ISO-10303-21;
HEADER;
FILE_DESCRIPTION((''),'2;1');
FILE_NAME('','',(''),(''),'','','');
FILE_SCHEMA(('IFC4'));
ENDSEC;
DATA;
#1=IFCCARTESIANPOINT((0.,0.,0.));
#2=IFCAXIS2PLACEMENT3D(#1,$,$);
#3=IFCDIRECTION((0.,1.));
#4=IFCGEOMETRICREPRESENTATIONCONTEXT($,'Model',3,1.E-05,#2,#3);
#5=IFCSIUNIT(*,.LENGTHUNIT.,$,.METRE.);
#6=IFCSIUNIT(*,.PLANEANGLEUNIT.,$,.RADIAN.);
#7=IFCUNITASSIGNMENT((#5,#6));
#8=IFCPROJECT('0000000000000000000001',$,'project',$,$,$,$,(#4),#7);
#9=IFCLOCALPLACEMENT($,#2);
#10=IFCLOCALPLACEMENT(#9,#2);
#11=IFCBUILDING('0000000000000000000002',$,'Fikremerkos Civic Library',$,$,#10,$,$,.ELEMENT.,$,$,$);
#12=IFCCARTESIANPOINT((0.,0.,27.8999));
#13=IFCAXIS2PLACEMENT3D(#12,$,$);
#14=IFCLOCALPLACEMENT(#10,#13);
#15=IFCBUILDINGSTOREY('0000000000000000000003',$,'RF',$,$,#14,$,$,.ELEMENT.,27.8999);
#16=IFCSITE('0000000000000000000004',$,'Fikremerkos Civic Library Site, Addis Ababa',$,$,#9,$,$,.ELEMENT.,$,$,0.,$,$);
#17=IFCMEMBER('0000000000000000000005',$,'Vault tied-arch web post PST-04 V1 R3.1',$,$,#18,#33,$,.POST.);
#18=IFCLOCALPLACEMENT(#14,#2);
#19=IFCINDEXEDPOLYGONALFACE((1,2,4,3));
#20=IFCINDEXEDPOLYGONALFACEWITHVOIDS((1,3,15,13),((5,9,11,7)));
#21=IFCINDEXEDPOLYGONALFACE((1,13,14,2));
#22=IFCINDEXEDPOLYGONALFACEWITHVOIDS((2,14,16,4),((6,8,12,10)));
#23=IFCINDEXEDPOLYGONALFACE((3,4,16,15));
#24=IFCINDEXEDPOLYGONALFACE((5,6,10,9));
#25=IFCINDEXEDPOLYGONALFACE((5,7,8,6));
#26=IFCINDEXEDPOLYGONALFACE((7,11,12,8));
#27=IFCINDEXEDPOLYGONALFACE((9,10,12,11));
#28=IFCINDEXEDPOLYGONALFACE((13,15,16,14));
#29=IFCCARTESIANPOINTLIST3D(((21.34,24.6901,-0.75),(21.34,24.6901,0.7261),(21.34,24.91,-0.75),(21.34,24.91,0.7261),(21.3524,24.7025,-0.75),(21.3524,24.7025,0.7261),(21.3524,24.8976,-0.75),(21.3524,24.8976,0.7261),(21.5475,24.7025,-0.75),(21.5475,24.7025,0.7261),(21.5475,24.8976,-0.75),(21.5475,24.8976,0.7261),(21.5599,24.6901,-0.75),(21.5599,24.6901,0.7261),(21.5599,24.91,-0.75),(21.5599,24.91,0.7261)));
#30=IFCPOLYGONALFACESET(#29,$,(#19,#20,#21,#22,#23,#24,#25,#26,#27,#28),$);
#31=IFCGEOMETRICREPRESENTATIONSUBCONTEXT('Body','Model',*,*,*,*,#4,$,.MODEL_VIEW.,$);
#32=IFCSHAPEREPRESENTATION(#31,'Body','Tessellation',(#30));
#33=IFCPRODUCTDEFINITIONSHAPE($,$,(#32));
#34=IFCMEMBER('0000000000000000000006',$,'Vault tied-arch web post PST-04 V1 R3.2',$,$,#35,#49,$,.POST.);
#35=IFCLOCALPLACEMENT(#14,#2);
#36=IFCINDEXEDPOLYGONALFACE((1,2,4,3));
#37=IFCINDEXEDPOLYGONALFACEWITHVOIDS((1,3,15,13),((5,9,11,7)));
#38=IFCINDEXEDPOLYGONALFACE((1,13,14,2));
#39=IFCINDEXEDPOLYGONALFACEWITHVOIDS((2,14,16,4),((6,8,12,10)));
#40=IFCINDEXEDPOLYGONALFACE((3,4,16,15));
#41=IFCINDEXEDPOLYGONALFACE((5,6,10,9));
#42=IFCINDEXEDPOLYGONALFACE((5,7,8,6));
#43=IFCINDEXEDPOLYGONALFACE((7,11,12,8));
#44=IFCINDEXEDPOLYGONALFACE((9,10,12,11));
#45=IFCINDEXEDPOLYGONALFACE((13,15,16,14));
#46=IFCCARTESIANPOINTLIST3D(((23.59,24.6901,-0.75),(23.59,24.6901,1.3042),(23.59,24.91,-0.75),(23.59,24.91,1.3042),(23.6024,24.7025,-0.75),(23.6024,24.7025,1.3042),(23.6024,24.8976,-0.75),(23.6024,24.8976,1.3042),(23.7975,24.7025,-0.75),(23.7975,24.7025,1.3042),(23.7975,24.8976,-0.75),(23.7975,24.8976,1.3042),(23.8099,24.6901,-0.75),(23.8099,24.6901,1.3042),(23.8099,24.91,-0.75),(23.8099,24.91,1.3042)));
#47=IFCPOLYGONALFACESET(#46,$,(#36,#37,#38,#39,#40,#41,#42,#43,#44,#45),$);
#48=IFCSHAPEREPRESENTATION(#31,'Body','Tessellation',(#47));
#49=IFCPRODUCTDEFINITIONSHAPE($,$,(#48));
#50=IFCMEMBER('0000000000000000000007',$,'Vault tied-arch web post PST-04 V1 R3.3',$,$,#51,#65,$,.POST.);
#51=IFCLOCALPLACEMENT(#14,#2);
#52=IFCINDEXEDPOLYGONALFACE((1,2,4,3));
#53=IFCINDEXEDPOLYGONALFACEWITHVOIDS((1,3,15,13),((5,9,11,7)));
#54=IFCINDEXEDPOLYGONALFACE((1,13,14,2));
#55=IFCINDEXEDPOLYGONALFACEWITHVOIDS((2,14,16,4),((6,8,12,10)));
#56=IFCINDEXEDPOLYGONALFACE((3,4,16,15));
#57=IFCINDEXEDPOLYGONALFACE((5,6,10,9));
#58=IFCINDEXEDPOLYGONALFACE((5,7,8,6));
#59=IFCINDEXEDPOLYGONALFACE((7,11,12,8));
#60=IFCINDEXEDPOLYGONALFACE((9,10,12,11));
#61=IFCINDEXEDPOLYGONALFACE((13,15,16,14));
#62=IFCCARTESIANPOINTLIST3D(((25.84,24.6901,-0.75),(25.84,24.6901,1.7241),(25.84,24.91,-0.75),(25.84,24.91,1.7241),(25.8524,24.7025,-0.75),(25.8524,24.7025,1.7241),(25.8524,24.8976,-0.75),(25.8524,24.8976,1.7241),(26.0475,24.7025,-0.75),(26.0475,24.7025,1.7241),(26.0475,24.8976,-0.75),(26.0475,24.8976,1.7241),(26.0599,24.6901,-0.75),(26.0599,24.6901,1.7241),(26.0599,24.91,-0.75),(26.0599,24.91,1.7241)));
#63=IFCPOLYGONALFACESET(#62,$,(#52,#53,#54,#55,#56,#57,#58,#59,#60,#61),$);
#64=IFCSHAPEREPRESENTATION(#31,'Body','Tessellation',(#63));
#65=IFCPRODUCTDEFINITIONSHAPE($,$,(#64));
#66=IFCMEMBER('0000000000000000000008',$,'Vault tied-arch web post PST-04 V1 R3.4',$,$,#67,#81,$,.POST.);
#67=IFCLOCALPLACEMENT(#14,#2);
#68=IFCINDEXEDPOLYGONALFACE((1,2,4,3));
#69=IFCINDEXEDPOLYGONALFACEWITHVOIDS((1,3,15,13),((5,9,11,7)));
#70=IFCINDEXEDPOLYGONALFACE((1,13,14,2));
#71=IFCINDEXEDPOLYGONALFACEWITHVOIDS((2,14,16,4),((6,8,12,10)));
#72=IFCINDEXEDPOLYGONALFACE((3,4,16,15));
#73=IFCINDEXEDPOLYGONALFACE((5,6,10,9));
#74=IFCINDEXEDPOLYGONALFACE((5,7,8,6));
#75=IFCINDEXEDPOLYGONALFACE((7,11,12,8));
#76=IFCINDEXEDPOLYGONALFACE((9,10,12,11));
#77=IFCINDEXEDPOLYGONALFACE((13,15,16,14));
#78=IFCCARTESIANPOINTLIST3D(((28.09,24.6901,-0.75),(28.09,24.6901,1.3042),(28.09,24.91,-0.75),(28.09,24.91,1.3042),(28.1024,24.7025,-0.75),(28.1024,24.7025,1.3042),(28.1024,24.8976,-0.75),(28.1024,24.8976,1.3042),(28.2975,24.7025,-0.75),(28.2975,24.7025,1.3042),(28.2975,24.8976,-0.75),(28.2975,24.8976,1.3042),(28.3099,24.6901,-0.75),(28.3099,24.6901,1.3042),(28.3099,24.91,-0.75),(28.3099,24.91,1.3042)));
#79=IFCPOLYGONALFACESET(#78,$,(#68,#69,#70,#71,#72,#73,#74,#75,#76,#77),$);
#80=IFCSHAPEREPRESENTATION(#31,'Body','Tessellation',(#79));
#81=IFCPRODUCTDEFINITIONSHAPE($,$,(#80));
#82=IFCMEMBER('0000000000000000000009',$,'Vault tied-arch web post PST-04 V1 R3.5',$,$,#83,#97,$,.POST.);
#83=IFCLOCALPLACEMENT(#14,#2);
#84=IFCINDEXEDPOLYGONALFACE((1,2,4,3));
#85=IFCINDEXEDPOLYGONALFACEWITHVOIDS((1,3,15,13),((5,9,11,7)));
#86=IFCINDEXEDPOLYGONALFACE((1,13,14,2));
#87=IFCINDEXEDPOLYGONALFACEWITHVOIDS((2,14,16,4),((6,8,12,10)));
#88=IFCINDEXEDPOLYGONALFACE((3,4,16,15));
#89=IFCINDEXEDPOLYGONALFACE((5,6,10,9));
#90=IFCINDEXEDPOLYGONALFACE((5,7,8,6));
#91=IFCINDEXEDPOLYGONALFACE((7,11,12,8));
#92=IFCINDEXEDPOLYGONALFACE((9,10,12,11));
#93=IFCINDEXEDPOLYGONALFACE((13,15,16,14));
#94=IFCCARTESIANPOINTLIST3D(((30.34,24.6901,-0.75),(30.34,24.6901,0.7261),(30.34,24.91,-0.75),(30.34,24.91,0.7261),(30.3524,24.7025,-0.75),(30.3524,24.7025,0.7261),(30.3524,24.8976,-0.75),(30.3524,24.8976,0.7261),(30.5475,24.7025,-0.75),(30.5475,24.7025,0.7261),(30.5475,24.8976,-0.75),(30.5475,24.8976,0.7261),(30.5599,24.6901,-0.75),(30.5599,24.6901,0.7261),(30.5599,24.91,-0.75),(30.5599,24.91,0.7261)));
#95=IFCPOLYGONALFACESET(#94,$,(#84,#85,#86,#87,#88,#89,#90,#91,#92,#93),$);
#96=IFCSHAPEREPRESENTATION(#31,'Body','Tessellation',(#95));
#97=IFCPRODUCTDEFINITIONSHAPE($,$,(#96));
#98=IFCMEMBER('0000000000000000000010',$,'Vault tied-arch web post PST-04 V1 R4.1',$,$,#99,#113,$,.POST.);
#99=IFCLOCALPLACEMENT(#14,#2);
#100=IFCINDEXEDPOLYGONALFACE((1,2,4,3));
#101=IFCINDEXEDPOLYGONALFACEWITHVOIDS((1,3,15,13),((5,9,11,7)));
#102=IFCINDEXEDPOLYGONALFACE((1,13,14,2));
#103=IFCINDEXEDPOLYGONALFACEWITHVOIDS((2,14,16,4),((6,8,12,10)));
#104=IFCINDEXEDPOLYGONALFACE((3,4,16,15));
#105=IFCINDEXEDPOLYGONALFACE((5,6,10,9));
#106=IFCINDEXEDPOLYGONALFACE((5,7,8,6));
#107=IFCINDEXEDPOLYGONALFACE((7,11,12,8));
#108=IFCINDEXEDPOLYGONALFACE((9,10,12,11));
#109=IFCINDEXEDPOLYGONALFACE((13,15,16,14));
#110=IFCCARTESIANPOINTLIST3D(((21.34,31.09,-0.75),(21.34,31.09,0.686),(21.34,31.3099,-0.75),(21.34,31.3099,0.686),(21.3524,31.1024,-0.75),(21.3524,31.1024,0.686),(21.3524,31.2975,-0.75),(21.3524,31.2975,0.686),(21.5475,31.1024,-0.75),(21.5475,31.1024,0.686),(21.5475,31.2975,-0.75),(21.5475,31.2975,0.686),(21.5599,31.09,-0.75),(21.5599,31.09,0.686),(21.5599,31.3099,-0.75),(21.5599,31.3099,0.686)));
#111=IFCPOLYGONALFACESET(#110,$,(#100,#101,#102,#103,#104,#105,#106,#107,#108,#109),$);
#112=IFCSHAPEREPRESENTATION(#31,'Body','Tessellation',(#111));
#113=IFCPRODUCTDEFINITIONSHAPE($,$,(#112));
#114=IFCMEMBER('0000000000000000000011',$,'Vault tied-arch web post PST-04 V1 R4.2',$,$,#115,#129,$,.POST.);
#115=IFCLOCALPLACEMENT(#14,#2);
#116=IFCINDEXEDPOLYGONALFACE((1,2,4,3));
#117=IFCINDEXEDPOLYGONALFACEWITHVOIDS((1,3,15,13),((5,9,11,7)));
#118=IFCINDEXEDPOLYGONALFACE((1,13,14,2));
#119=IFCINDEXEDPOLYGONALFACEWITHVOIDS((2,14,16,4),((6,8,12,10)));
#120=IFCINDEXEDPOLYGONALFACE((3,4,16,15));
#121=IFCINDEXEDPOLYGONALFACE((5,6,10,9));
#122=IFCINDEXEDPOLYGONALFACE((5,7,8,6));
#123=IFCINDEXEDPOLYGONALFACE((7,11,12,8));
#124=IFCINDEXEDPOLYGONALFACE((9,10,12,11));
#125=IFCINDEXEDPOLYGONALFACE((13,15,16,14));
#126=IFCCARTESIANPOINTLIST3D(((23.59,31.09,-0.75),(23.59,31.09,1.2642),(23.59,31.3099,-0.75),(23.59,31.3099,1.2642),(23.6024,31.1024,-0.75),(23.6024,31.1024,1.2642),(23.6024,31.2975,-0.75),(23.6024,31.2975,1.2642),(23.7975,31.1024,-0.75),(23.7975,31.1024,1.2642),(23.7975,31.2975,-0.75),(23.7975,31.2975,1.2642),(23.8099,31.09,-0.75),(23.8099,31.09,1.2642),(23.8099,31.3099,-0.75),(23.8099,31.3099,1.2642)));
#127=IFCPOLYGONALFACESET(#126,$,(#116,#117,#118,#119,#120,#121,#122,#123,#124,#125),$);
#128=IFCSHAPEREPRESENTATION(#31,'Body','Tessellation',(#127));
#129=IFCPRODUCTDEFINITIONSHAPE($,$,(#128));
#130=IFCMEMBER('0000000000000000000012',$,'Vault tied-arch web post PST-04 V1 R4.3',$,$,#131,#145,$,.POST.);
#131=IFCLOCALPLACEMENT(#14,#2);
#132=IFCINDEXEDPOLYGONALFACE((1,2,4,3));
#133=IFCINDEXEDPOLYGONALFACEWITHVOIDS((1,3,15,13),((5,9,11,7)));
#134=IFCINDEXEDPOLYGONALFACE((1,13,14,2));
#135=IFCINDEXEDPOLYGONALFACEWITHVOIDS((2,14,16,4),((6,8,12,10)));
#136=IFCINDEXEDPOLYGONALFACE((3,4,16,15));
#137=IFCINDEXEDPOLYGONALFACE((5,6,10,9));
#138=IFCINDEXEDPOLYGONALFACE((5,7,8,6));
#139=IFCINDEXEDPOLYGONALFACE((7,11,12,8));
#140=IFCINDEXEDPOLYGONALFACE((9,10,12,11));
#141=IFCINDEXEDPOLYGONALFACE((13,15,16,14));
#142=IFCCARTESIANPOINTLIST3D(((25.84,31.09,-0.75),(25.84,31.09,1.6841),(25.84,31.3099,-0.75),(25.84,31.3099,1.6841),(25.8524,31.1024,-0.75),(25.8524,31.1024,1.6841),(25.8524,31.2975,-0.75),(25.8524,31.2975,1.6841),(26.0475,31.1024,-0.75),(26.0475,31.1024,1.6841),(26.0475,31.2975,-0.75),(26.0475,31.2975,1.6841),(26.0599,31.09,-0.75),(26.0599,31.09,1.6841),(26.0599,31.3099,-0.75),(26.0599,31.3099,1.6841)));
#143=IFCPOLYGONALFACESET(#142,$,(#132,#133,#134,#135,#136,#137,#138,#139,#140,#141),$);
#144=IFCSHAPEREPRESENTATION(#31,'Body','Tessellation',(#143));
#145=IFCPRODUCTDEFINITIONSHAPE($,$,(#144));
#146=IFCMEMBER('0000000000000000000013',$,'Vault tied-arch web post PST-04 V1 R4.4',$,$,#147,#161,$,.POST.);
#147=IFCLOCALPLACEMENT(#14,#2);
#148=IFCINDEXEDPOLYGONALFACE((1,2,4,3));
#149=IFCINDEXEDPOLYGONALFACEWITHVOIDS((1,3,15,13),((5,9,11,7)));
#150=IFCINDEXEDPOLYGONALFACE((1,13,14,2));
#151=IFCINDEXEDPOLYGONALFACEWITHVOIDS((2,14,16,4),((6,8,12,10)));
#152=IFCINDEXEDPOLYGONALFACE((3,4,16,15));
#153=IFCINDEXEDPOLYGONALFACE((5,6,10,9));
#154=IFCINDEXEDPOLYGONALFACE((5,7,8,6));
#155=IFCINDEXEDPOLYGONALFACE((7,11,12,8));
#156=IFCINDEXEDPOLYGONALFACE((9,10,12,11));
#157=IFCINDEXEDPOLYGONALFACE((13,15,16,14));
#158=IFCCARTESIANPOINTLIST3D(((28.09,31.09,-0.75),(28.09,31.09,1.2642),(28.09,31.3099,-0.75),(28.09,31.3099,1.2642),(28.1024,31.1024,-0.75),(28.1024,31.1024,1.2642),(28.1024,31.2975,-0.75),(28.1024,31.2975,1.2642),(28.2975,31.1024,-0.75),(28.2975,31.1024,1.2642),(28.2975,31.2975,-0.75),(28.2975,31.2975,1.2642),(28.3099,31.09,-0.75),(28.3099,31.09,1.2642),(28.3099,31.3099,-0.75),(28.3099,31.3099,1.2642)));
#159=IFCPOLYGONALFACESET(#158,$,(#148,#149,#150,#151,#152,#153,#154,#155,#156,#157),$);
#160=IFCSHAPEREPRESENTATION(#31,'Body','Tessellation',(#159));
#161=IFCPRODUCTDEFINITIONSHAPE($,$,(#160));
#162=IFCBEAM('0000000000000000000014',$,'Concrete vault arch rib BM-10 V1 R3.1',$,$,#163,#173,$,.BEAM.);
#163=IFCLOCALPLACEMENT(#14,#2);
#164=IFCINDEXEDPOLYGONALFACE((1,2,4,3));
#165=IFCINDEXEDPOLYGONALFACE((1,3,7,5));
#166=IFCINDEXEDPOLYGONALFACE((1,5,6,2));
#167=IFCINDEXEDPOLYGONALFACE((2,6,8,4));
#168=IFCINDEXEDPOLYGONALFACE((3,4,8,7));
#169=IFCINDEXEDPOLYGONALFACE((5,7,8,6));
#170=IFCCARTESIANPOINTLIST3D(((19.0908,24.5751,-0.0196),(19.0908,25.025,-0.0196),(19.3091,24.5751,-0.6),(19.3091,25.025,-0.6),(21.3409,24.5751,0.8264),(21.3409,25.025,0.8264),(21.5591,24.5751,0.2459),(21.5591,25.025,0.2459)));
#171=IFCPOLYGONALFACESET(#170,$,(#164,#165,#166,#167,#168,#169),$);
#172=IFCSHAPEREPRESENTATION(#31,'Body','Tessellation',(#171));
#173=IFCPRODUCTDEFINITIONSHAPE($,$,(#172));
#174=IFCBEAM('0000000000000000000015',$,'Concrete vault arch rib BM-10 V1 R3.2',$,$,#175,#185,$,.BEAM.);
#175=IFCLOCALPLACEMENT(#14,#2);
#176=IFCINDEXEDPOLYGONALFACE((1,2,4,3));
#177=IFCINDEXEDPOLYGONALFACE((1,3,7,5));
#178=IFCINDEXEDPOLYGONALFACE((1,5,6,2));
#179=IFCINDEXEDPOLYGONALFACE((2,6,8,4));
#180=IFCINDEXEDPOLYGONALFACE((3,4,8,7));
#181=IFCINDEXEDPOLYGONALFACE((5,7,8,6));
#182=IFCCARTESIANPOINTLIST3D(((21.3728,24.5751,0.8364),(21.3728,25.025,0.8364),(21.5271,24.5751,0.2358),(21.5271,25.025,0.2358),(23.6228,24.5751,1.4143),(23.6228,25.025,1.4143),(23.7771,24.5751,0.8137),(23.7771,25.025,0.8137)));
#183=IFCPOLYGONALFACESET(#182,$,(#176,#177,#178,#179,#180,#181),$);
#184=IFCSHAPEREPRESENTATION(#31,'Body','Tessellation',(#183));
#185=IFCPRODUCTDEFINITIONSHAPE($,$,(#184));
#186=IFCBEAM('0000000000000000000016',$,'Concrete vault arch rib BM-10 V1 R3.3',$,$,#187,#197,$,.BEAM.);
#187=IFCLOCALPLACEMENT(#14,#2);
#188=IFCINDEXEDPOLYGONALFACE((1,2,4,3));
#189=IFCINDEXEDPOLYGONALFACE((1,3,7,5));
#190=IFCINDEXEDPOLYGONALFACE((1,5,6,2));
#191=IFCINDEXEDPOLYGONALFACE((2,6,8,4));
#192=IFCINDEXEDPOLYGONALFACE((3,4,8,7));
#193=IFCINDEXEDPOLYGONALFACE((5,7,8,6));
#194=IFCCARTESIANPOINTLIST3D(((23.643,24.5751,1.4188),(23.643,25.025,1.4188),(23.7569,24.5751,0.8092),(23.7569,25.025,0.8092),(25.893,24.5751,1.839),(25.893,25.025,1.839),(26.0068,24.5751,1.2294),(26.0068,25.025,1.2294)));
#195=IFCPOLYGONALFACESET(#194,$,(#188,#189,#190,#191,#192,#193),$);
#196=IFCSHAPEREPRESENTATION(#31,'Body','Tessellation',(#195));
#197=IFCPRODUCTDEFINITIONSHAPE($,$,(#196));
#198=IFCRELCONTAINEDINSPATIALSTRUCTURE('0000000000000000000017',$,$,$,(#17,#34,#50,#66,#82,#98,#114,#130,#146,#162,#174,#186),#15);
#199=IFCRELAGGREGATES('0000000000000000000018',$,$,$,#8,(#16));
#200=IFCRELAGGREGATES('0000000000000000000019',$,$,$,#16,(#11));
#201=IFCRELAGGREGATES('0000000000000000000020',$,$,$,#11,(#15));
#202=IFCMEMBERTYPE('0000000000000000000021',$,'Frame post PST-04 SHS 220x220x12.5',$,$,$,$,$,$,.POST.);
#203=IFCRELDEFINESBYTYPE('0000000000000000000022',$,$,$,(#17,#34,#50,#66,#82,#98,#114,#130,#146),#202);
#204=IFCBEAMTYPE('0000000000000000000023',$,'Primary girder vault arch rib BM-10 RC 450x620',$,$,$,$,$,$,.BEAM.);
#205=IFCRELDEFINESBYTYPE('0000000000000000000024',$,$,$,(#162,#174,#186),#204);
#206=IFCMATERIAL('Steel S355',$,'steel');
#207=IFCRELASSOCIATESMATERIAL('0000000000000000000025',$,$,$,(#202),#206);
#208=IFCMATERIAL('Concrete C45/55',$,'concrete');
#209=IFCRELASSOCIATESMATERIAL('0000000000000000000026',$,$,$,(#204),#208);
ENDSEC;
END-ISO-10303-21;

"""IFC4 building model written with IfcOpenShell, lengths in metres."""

from ifc_helpers import new_model, si_unit, direction, frame, origin, origin_2d, place, context, subcontext, project, spatial, rectangle, hollow_rectangle, extrude, material, material_profile, profile_set, type_object, element, save


model = new_model("IFC4")

# Units and contexts
model_context = context("Model", 3, precision=1e-05, world=origin(), true_north=direction((0.0, 1.0)))
body_context = subcontext(model_context, "Body", "Model", "MODEL_VIEW")
ifc_project = project(units=[si_unit("LENGTHUNIT", "METRE"), si_unit("PLANEANGLEUNIT", "RADIAN")], contexts=[model_context])

# Site, building, storey
site_placement = place(None, origin())
site = spatial("IfcSite", under=ifc_project, at=site_placement, Name="Fikremerkos Civic Library Site, Addis Ababa", CompositionType="ELEMENT", RefElevation=0.0)
building_placement = place(site_placement, origin())
building = spatial("IfcBuilding", under=site, at=building_placement, Name="Fikremerkos Civic Library", CompositionType="ELEMENT")
storey_placement = place(building_placement, frame((0.0, 0.0, 27.8999)))
storey = spatial("IfcBuildingStorey", under=building, at=storey_placement, Name="RF", CompositionType="ELEMENT", Elevation=27.8999)

# Members
ifc_material_1 = material(Name="Steel S355", Category="steel")
ifc_material_profile_1 = material_profile(ifc_material_1, hollow_rectangle(XDim=0.22, YDim=0.22, WallThickness=0.0125, at=origin_2d()), Name="SHS 220x220x12.5")
ifc_profile_set_1 = profile_set([ifc_material_profile_1], Name="Steel S355")
member_type = type_object("IfcMemberType", Name="Frame post PST-04 SHS 220x220x12.5", PredefinedType="POST", material=ifc_profile_set_1)
member_1_placement = place(storey_placement, frame((21.45, 24.8, -0.75), z_axis=(0.0, 0.0, 1.0), x_axis=(1.0, 0.0, 0.0)))
element("IfcMember", 1, at=member_1_placement, inside=storey, type_object=member_type, Name="Vault tied-arch web post PST-04 V1 R3.1", PredefinedType="POST", context=body_context, shape_type="SweptSolid", body=[
    extrude(hollow_rectangle(XDim=0.22, YDim=0.22, WallThickness=0.0125, at=origin_2d()), origin(), (0.0, 0.0, 1.0), 1.4761),
])
member_2_placement = place(storey_placement, frame((23.7, 24.8, -0.75), z_axis=(0.0, 0.0, 1.0), x_axis=(1.0, 0.0, 0.0)))
element("IfcMember", 2, at=member_2_placement, inside=storey, type_object=member_type, Name="Vault tied-arch web post PST-04 V1 R3.2", PredefinedType="POST", context=body_context, shape_type="SweptSolid", body=[
    extrude(hollow_rectangle(XDim=0.22, YDim=0.22, WallThickness=0.0125, at=origin_2d()), origin(), (0.0, 0.0, 1.0), 2.0542),
])
member_3_placement = place(storey_placement, frame((25.95, 24.8, -0.75), z_axis=(0.0, 0.0, 1.0), x_axis=(1.0, 0.0, 0.0)))
element("IfcMember", 3, at=member_3_placement, inside=storey, type_object=member_type, Name="Vault tied-arch web post PST-04 V1 R3.3", PredefinedType="POST", context=body_context, shape_type="SweptSolid", body=[
    extrude(hollow_rectangle(XDim=0.22, YDim=0.22, WallThickness=0.0125, at=origin_2d()), origin(), (0.0, 0.0, 1.0), 2.4741),
])
member_4_placement = place(storey_placement, frame((28.2, 24.8, -0.75), z_axis=(0.0, 0.0, 1.0), x_axis=(1.0, 0.0, 0.0)))
element("IfcMember", 4, at=member_4_placement, inside=storey, type_object=member_type, Name="Vault tied-arch web post PST-04 V1 R3.4", PredefinedType="POST", context=body_context, shape_type="SweptSolid", body=[
    extrude(hollow_rectangle(XDim=0.22, YDim=0.22, WallThickness=0.0125, at=origin_2d()), origin(), (0.0, 0.0, 1.0), 2.0542),
])
member_5_placement = place(storey_placement, frame((30.45, 24.8, -0.75), z_axis=(0.0, 0.0, 1.0), x_axis=(1.0, 0.0, 0.0)))
element("IfcMember", 5, at=member_5_placement, inside=storey, type_object=member_type, Name="Vault tied-arch web post PST-04 V1 R3.5", PredefinedType="POST", context=body_context, shape_type="SweptSolid", body=[
    extrude(hollow_rectangle(XDim=0.22, YDim=0.22, WallThickness=0.0125, at=origin_2d()), origin(), (0.0, 0.0, 1.0), 1.4761),
])
member_6_placement = place(storey_placement, frame((21.45, 31.2, -0.75), z_axis=(0.0, 0.0, 1.0), x_axis=(1.0, 0.0, 0.0)))
element("IfcMember", 6, at=member_6_placement, inside=storey, type_object=member_type, Name="Vault tied-arch web post PST-04 V1 R4.1", PredefinedType="POST", context=body_context, shape_type="SweptSolid", body=[
    extrude(hollow_rectangle(XDim=0.22, YDim=0.22, WallThickness=0.0125, at=origin_2d()), origin(), (0.0, 0.0, 1.0), 1.436),
])
member_7_placement = place(storey_placement, frame((23.7, 31.2, -0.75), z_axis=(0.0, 0.0, 1.0), x_axis=(1.0, 0.0, 0.0)))
element("IfcMember", 7, at=member_7_placement, inside=storey, type_object=member_type, Name="Vault tied-arch web post PST-04 V1 R4.2", PredefinedType="POST", context=body_context, shape_type="SweptSolid", body=[
    extrude(hollow_rectangle(XDim=0.22, YDim=0.22, WallThickness=0.0125, at=origin_2d()), origin(), (0.0, 0.0, 1.0), 2.0142),
])
member_8_placement = place(storey_placement, frame((25.95, 31.2, -0.75), z_axis=(0.0, 0.0, 1.0), x_axis=(1.0, 0.0, 0.0)))
element("IfcMember", 8, at=member_8_placement, inside=storey, type_object=member_type, Name="Vault tied-arch web post PST-04 V1 R4.3", PredefinedType="POST", context=body_context, shape_type="SweptSolid", body=[
    extrude(hollow_rectangle(XDim=0.22, YDim=0.22, WallThickness=0.0125, at=origin_2d()), origin(), (0.0, 0.0, 1.0), 2.4341),
])
member_9_placement = place(storey_placement, frame((28.2, 31.2, -0.75), z_axis=(0.0, 0.0, 1.0), x_axis=(1.0, 0.0, 0.0)))
element("IfcMember", 9, at=member_9_placement, inside=storey, type_object=member_type, Name="Vault tied-arch web post PST-04 V1 R4.4", PredefinedType="POST", context=body_context, shape_type="SweptSolid", body=[
    extrude(hollow_rectangle(XDim=0.22, YDim=0.22, WallThickness=0.0125, at=origin_2d()), origin(), (0.0, 0.0, 1.0), 2.0142),
])

# Beams
ifc_material_2 = material(Name="Concrete C45/55", Category="concrete")
ifc_material_profile_2 = material_profile(ifc_material_2, rectangle(XDim=0.45, YDim=0.6201, at=origin_2d()), Name="RC 450x620")
ifc_profile_set_2 = profile_set([ifc_material_profile_2], Name="Concrete C45/55")
beam_type_1 = type_object("IfcBeamType", Name="Primary girder vault arch rib BM-10 RC 450x620", PredefinedType="BEAM", material=ifc_profile_set_2)
beam_1_placement = place(storey_placement, frame((19.2, 24.8, -0.3098), z_axis=(0.936028, 0.0, 0.351925), x_axis=(0.0, 1.0, 0.0)))
element("IfcBeam", 10, at=beam_1_placement, inside=storey, type_object=beam_type_1, Name="Concrete vault arch rib BM-10 V1 R3.1", PredefinedType="BEAM", context=body_context, shape_type="SweptSolid", body=[
    extrude(rectangle(XDim=0.45, YDim=0.6201, at=origin_2d()), origin(), (0.0, 0.0, 1.0), 2.4038),
])
beam_2_placement = place(storey_placement, frame((21.45, 24.8, 0.5361), z_axis=(0.968565, 0.0, 0.248762), x_axis=(0.0, 1.0, 0.0)))
element("IfcBeam", 11, at=beam_2_placement, inside=storey, type_object=beam_type_1, Name="Concrete vault arch rib BM-10 V1 R3.2", PredefinedType="BEAM", context=body_context, shape_type="SweptSolid", body=[
    extrude(rectangle(XDim=0.45, YDim=0.6201, at=origin_2d()), origin(), (0.0, 0.0, 1.0), 2.323),
])
for number, where, z_axis, x_axis, name in (
    (12, (23.7, 24.8, 1.114), (0.983007, 0.0, 0.183567), (0.0, 1.0, 0.0), "Concrete vault arch rib BM-10 V1 R3.3"),
):
    element("IfcBeam", number, at=place(storey_placement, frame(where, z_axis=z_axis, x_axis=x_axis)), inside=storey, type_object=beam_type_1, Name=name, PredefinedType="BEAM", context=body_context, shape_type="SweptSolid", body=[
        extrude(rectangle(XDim=0.45, YDim=0.6201, at=origin_2d()), origin(), (0.0, 0.0, 1.0), 2.2888),
    ])

save(model, "model.ifc")
